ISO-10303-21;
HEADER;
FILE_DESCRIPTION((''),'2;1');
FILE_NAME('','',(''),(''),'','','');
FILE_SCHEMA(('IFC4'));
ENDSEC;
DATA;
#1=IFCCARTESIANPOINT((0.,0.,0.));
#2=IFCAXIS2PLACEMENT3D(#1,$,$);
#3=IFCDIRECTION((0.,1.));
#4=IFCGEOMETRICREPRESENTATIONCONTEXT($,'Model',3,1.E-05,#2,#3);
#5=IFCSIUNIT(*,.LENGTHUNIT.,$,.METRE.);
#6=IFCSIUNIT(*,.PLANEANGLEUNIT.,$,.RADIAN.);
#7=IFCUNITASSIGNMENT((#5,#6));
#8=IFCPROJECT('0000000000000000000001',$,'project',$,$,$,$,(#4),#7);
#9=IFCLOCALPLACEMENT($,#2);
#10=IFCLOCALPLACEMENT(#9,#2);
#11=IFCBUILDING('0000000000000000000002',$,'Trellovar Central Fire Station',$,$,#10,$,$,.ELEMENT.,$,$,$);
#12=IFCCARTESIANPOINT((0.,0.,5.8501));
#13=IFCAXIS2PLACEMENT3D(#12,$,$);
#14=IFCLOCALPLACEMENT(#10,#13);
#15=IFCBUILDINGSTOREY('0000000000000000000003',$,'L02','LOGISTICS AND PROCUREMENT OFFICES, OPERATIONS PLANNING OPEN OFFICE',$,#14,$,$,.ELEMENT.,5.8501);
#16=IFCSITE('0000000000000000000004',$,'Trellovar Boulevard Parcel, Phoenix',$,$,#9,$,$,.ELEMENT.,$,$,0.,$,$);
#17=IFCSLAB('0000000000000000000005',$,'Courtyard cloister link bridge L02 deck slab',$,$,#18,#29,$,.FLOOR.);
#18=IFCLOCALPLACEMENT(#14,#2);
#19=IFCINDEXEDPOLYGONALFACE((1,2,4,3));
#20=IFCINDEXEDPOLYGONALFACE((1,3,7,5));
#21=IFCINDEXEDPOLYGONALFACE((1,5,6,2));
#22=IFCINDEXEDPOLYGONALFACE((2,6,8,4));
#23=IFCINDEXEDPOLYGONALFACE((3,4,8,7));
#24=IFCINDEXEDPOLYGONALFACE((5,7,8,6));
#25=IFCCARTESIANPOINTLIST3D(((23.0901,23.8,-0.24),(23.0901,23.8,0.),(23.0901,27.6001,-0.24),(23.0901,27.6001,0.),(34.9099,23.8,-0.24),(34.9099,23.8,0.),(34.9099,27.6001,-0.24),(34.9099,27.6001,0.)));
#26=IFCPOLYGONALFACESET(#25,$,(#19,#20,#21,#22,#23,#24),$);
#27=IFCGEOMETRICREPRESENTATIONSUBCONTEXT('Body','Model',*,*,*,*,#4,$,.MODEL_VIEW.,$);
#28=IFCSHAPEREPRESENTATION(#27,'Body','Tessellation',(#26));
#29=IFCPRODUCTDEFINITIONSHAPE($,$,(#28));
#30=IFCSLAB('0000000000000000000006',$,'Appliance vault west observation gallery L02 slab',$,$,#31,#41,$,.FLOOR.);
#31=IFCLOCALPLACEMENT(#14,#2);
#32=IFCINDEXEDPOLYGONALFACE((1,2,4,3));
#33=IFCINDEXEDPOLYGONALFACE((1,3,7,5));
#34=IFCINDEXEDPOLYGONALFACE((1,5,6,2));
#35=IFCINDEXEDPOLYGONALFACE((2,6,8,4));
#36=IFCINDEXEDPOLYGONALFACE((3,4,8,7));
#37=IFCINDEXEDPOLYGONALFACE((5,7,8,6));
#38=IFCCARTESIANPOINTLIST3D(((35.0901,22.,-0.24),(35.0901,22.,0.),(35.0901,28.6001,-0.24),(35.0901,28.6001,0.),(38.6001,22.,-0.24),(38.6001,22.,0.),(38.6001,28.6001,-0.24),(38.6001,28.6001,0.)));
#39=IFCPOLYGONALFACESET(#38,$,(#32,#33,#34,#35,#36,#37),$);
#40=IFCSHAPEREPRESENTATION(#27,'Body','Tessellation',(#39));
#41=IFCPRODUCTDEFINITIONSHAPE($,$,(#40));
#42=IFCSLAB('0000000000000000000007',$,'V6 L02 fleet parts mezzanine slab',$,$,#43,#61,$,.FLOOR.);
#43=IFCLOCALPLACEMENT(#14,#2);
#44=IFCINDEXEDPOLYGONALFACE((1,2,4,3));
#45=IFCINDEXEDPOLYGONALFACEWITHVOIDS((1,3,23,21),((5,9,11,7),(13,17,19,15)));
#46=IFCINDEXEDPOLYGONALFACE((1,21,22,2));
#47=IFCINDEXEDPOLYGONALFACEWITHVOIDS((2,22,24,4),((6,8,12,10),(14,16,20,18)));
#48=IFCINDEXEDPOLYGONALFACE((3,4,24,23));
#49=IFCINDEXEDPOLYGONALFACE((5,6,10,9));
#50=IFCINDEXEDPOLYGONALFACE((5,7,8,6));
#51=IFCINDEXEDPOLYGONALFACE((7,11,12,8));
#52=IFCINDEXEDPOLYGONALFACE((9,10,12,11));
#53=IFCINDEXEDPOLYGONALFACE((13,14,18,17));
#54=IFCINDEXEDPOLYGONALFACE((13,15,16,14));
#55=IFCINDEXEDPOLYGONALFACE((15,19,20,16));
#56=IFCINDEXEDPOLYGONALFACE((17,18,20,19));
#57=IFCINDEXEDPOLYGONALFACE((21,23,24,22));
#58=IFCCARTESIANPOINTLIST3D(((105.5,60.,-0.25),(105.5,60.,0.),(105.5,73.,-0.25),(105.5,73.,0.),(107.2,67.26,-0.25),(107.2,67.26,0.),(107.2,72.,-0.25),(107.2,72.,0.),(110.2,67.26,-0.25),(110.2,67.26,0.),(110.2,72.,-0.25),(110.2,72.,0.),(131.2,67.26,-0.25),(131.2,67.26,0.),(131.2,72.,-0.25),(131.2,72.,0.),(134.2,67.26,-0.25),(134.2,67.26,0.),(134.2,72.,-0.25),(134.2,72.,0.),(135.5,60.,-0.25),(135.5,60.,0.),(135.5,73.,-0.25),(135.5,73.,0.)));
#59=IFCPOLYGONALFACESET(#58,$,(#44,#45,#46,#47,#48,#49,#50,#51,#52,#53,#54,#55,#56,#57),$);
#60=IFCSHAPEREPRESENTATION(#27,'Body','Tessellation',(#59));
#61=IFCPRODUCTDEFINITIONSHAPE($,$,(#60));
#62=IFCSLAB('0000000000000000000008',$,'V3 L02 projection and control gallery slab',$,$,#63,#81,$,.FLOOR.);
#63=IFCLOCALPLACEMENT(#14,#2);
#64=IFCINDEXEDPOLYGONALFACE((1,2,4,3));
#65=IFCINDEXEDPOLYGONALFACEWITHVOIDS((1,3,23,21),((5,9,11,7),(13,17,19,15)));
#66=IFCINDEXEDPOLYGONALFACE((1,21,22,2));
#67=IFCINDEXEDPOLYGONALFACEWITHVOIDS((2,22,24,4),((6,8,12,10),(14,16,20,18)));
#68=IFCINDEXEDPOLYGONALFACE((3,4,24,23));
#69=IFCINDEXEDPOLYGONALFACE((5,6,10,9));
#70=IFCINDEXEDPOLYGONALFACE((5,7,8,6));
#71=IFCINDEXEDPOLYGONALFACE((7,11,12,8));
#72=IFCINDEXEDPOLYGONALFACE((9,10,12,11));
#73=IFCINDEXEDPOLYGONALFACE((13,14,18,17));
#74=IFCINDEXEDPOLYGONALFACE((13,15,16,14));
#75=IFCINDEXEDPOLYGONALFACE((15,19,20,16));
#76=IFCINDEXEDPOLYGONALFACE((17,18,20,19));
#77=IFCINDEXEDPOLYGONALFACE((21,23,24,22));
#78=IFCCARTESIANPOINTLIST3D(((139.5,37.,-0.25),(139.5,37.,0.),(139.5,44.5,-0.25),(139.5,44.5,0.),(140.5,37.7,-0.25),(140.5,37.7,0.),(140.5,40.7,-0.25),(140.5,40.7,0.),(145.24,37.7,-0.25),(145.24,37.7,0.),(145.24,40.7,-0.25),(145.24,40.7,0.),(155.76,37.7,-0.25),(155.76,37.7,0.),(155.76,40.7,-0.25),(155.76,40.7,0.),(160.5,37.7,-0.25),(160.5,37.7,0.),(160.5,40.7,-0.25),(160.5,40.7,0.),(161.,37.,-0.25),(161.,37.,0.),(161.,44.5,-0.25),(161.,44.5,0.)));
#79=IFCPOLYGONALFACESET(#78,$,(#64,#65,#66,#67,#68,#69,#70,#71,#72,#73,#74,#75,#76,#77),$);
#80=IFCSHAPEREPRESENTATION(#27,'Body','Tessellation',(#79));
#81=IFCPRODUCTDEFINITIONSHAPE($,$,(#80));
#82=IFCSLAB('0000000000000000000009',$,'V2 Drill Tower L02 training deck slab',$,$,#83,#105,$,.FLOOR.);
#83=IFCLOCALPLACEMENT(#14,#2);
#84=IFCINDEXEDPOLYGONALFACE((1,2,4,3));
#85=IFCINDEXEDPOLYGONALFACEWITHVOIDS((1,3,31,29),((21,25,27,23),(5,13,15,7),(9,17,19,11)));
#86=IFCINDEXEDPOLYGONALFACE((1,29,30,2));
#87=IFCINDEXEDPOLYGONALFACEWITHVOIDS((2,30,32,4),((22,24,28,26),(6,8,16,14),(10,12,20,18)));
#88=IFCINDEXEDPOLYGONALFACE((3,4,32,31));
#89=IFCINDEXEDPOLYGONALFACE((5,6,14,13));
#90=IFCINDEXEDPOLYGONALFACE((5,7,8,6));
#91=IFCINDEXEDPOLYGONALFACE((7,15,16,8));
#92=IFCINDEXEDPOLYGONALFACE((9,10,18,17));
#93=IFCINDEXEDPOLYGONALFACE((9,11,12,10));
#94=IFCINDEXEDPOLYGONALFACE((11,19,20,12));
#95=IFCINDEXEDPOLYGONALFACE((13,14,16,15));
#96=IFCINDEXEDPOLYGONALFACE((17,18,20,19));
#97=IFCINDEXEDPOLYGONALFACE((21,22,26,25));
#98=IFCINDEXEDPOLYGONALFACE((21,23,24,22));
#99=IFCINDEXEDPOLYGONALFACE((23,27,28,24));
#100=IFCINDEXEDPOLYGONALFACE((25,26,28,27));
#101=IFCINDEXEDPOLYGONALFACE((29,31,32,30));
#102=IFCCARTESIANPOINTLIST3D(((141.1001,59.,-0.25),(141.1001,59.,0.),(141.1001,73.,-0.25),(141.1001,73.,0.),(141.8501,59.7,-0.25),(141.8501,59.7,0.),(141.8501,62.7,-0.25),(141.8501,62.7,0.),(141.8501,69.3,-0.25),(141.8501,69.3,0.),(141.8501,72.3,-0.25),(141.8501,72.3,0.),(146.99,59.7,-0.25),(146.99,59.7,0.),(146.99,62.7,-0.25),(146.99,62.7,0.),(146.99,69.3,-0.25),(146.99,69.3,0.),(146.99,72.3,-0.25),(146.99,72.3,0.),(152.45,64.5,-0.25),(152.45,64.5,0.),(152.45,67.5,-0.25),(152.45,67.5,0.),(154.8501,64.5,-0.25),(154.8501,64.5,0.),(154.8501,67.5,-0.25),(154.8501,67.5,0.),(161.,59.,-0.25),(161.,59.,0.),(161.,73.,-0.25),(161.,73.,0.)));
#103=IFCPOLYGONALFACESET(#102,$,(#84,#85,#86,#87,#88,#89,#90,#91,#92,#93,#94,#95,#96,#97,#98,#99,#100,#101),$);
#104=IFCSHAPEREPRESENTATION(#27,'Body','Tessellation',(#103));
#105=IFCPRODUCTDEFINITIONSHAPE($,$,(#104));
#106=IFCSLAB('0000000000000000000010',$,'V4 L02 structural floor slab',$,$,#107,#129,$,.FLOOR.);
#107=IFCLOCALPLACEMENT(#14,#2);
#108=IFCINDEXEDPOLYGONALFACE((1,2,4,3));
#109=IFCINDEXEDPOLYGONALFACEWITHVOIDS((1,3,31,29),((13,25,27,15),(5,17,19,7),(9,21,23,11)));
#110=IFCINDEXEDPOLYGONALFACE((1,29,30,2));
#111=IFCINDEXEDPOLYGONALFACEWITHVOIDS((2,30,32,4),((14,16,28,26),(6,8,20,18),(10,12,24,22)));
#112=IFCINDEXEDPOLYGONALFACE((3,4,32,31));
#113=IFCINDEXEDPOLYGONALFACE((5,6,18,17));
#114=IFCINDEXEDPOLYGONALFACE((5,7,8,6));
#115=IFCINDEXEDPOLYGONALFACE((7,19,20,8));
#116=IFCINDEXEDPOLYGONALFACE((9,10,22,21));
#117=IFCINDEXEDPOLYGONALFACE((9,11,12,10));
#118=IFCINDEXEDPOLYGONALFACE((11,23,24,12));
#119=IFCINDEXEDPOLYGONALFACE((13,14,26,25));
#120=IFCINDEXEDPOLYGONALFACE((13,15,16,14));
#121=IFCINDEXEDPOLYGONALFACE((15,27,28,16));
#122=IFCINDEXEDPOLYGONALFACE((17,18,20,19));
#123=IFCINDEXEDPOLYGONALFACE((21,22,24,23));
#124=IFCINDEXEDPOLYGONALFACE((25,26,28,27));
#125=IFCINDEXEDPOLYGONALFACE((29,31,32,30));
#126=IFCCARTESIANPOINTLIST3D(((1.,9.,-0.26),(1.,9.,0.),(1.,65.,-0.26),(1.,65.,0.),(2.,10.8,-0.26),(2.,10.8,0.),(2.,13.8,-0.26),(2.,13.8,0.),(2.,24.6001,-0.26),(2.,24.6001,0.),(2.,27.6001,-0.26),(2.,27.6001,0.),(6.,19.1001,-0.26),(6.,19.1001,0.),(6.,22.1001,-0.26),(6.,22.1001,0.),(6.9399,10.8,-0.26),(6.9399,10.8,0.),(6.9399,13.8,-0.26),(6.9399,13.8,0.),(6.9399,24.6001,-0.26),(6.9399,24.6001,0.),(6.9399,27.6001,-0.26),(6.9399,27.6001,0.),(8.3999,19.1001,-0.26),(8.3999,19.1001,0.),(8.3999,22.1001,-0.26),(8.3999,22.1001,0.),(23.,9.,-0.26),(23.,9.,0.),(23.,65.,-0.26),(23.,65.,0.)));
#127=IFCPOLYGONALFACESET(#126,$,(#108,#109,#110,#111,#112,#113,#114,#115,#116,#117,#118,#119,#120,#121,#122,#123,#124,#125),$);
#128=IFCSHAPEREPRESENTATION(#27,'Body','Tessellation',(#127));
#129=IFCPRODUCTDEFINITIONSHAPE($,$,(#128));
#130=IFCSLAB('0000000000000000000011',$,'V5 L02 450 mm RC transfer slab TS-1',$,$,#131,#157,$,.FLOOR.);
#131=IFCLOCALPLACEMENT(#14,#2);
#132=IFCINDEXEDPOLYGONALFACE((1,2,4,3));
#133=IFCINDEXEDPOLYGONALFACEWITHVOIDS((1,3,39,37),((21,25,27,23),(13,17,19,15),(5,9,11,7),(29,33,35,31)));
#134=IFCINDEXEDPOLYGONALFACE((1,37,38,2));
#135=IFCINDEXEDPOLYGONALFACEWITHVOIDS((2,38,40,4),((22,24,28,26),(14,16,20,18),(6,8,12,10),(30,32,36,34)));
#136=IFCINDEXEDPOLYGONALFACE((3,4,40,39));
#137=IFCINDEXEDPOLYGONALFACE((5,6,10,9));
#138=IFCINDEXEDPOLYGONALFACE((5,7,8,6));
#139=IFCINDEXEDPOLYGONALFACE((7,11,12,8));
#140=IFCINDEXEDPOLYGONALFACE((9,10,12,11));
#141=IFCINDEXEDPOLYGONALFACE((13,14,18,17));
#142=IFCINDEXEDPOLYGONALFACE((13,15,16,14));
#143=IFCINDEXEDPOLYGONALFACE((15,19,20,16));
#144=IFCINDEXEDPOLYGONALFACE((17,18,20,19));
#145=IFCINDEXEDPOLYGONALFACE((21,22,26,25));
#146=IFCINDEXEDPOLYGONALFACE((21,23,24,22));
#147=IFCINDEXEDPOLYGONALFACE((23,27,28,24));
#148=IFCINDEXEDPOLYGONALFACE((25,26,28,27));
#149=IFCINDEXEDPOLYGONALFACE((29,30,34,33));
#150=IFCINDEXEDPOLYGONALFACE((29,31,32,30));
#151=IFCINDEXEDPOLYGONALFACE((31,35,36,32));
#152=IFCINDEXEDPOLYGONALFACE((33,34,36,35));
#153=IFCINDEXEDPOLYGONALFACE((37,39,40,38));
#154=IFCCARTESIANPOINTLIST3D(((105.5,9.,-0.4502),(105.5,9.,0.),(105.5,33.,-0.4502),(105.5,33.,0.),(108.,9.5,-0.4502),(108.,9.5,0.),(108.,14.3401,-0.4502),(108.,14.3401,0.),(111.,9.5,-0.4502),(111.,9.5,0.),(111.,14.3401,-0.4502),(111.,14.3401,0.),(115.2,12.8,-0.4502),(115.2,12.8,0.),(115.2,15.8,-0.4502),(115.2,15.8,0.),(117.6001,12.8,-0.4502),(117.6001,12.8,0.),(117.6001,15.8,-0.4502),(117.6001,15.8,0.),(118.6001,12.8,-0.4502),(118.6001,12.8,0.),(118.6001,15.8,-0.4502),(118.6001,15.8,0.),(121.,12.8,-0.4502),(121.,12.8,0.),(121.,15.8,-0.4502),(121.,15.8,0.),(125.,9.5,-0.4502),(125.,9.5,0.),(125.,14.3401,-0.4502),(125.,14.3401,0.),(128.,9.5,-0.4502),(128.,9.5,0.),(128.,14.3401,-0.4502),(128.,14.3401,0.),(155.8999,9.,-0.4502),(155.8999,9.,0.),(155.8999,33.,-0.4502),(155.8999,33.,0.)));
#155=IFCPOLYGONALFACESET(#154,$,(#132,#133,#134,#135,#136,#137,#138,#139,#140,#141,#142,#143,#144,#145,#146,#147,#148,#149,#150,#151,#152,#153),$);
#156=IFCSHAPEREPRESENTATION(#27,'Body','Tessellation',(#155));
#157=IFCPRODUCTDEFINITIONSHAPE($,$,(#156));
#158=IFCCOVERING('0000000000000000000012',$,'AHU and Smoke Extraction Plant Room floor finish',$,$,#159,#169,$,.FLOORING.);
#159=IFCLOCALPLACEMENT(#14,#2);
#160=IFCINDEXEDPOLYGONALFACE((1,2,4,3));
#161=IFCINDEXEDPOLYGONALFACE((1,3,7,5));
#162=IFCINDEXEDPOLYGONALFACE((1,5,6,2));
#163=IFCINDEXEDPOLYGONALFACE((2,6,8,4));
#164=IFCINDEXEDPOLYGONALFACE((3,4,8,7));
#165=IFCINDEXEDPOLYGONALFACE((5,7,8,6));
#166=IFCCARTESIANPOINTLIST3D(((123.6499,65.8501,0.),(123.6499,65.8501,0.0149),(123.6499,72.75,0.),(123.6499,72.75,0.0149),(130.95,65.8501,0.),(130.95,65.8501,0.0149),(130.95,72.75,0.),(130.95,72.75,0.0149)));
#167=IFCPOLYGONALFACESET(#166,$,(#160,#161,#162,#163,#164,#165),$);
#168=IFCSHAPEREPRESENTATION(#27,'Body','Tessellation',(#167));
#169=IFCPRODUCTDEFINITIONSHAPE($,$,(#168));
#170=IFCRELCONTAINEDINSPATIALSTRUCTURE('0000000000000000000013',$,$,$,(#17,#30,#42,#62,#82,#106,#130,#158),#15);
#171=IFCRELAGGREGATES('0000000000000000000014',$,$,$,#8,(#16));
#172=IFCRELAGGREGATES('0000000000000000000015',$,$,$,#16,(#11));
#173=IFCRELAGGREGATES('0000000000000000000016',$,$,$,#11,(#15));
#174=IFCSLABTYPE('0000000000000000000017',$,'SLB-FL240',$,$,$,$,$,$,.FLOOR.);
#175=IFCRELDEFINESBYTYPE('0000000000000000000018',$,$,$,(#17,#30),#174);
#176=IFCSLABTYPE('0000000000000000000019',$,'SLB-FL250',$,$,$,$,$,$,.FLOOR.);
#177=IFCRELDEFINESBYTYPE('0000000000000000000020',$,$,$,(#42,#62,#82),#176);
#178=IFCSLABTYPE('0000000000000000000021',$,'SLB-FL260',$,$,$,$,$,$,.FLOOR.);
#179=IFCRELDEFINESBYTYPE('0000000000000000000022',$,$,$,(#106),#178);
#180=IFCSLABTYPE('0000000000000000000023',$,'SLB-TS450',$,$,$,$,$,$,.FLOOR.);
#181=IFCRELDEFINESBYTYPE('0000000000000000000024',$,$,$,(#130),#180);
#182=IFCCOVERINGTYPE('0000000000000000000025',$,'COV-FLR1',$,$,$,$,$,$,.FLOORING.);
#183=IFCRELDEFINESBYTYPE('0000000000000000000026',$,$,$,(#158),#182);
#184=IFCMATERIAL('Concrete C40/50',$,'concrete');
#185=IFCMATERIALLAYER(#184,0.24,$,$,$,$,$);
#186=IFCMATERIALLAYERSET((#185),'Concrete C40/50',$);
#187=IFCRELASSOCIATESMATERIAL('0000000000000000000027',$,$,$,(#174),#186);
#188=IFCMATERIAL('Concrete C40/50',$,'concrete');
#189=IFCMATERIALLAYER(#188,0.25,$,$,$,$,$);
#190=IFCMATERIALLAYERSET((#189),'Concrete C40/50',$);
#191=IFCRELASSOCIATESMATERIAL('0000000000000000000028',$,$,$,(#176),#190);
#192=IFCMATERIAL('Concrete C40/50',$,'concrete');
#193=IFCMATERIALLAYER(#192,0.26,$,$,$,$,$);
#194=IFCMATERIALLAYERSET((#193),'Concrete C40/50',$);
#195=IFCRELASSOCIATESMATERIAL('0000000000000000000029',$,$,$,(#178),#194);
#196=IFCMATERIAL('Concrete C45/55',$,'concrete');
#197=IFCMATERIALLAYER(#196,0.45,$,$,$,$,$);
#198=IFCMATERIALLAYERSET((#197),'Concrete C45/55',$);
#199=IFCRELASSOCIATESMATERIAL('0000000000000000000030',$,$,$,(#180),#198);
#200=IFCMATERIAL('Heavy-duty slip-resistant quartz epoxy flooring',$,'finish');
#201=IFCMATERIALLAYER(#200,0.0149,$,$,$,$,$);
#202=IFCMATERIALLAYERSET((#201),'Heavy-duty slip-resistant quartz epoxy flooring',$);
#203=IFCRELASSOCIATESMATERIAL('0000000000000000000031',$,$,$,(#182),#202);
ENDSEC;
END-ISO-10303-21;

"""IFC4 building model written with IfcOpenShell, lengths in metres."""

from ifc_helpers import new_model, si_unit, direction, frame, origin, place, context, subcontext, project, spatial, polyline, outline, extrude, material, layer, layer_set, type_object, element, save


model = new_model("IFC4")

# Units and contexts
model_context = context("Model", 3, precision=1e-05, world=origin(), true_north=direction((0.0, 1.0)))
body_context = subcontext(model_context, "Body", "Model", "MODEL_VIEW")
ifc_project = project(units=[si_unit("LENGTHUNIT", "METRE"), si_unit("PLANEANGLEUNIT", "RADIAN")], contexts=[model_context])

# Site, building, storey
site_placement = place(None, origin())
site = spatial("IfcSite", under=ifc_project, at=site_placement, Name="Trellovar Boulevard Parcel, Phoenix", CompositionType="ELEMENT", RefElevation=0.0)
building_placement = place(site_placement, origin())
building = spatial("IfcBuilding", under=site, at=building_placement, Name="Trellovar Central Fire Station", CompositionType="ELEMENT")
storey_placement = place(building_placement, frame((0.0, 0.0, 5.8501)))
storey = spatial("IfcBuildingStorey", under=building, at=storey_placement, Name="L02", Description="LOGISTICS AND PROCUREMENT OFFICES, OPERATIONS PLANNING OPEN OFFICE", CompositionType="ELEMENT", Elevation=5.8501)

# Slabs
ifc_material_1 = material(Name="Concrete C40/50", Category="concrete")
ifc_layer_1 = layer(ifc_material_1, 0.24)
ifc_layer_set_1 = layer_set([ifc_layer_1], Name="Concrete C40/50")
slab_type_1 = type_object("IfcSlabType", Name="SLB-FL240", PredefinedType="FLOOR", material=ifc_layer_set_1)
slab_1_placement = place(storey_placement, frame((0.0, 0.0, -0.24)))
element("IfcSlab", 1, at=slab_1_placement, inside=storey, type_object=slab_type_1, Name="Courtyard cloister link bridge L02 deck slab", PredefinedType="FLOOR", context=body_context, shape_type="SweptSolid", body=[
    extrude(outline(polyline([(23.0901, 23.8), (34.9099, 23.8), (34.9099, 27.6001), (23.0901, 27.6001), (23.0901, 23.8)])), origin(), (0.0, 0.0, 1.0), 0.24),
])
slab_2_placement = place(storey_placement, frame((0.0, 0.0, -0.24)))
element("IfcSlab", 2, at=slab_2_placement, inside=storey, type_object=slab_type_1, Name="Appliance vault west observation gallery L02 slab", PredefinedType="FLOOR", context=body_context, shape_type="SweptSolid", body=[
    extrude(outline(polyline([(35.0901, 22.0), (38.6001, 22.0), (38.6001, 28.6001), (35.0901, 28.6001), (35.0901, 22.0)])), origin(), (0.0, 0.0, 1.0), 0.24),
])
ifc_material_2 = material(Name="Concrete C40/50", Category="concrete")
ifc_layer_2 = layer(ifc_material_2, 0.25)
ifc_layer_set_2 = layer_set([ifc_layer_2], Name="Concrete C40/50")
slab_type_2 = type_object("IfcSlabType", Name="SLB-FL250", PredefinedType="FLOOR", material=ifc_layer_set_2)
slab_3_placement = place(storey_placement, frame((0.0, 0.0, -0.25)))
element("IfcSlab", 3, at=slab_3_placement, inside=storey, type_object=slab_type_2, Name="V6 L02 fleet parts mezzanine slab", PredefinedType="FLOOR", context=body_context, shape_type="SweptSolid", body=[
    extrude(outline(polyline([(105.5, 60.0), (135.5, 60.0), (135.5, 73.0), (105.5, 73.0), (105.5, 60.0)]), holes=[polyline([(110.2, 67.26), (110.2, 72.0), (107.2, 72.0), (107.2, 67.26), (110.2, 67.26)]), polyline([(134.2, 67.26), (134.2, 72.0), (131.2, 72.0), (131.2, 67.26), (134.2, 67.26)])]), origin(), (0.0, 0.0, 1.0), 0.25),
])
slab_4_placement = place(storey_placement, frame((0.0, 0.0, -0.25)))
element("IfcSlab", 4, at=slab_4_placement, inside=storey, type_object=slab_type_2, Name="V3 L02 projection and control gallery slab", PredefinedType="FLOOR", context=body_context, shape_type="SweptSolid", body=[
    extrude(outline(polyline([(139.5, 37.0), (161.0, 37.0), (161.0, 44.5), (139.5, 44.5), (139.5, 37.0)]), holes=[polyline([(145.24, 40.7), (140.5, 40.7), (140.5, 37.7), (145.24, 37.7), (145.24, 40.7)]), polyline([(155.76, 37.7), (160.5, 37.7), (160.5, 40.7), (155.76, 40.7), (155.76, 37.7)])]), origin(), (0.0, 0.0, 1.0), 0.25),
])
slab_5_placement = place(storey_placement, frame((0.0, 0.0, -0.25)))
element("IfcSlab", 5, at=slab_5_placement, inside=storey, type_object=slab_type_2, Name="V2 Drill Tower L02 training deck slab", PredefinedType="FLOOR", context=body_context, shape_type="SweptSolid", body=[
    extrude(outline(polyline([(141.1001, 59.0), (161.0, 59.0), (161.0, 73.0), (141.1001, 73.0), (141.1001, 59.0)]), holes=[polyline([(146.99, 62.7), (141.8501, 62.7), (141.8501, 59.7), (146.99, 59.7), (146.99, 62.7)]), polyline([(146.99, 72.3), (141.8501, 72.3), (141.8501, 69.3), (146.99, 69.3), (146.99, 72.3)]), polyline([(152.45, 64.5), (154.8501, 64.5), (154.8501, 67.5), (152.45, 67.5), (152.45, 64.5)])]), origin(), (0.0, 0.0, 1.0), 0.25),
])
ifc_material_3 = material(Name="Concrete C40/50", Category="concrete")
ifc_layer_3 = layer(ifc_material_3, 0.26)
ifc_layer_set_3 = layer_set([ifc_layer_3], Name="Concrete C40/50")
slab_type_3 = type_object("IfcSlabType", Name="SLB-FL260", PredefinedType="FLOOR", material=ifc_layer_set_3)
slab_6_placement = place(storey_placement, frame((0.0, 0.0, -0.26)))
element("IfcSlab", 6, at=slab_6_placement, inside=storey, type_object=slab_type_3, Name="V4 L02 structural floor slab", PredefinedType="FLOOR", context=body_context, shape_type="SweptSolid", body=[
    extrude(outline(polyline([(1.0, 9.0), (23.0, 9.0), (23.0, 65.0), (1.0, 65.0), (1.0, 9.0)]), holes=[polyline([(6.9399, 13.8), (2.0, 13.8), (2.0, 10.8), (6.9399, 10.8), (6.9399, 13.8)]), polyline([(6.9399, 27.6001), (2.0, 27.6001), (2.0, 24.6001), (6.9399, 24.6001), (6.9399, 27.6001)]), polyline([(6.0, 19.1001), (8.3999, 19.1001), (8.3999, 22.1001), (6.0, 22.1001), (6.0, 19.1001)])]), origin(), (0.0, 0.0, 1.0), 0.26),
])
ifc_material_4 = material(Name="Concrete C45/55", Category="concrete")
ifc_layer_4 = layer(ifc_material_4, 0.45)
ifc_layer_set_4 = layer_set([ifc_layer_4], Name="Concrete C45/55")
slab_type_4 = type_object("IfcSlabType", Name="SLB-TS450", PredefinedType="FLOOR", material=ifc_layer_set_4)
slab_7_placement = place(storey_placement, frame((0.0, 0.0, -0.4502)))
element("IfcSlab", 7, at=slab_7_placement, inside=storey, type_object=slab_type_4, Name="V5 L02 450 mm RC transfer slab TS-1", PredefinedType="FLOOR", context=body_context, shape_type="SweptSolid", body=[
    extrude(outline(polyline([(105.5, 9.0), (155.8999, 9.0), (155.8999, 33.0), (105.5, 33.0), (105.5, 9.0)]), holes=[polyline([(108.0, 14.3401), (108.0, 9.5), (111.0, 9.5), (111.0, 14.3401), (108.0, 14.3401)]), polyline([(125.0, 14.3401), (125.0, 9.5), (128.0, 9.5), (128.0, 14.3401), (125.0, 14.3401)]), polyline([(115.2, 12.8), (117.6001, 12.8), (117.6001, 15.8), (115.2, 15.8), (115.2, 12.8)]), polyline([(118.6001, 12.8), (121.0, 12.8), (121.0, 15.8), (118.6001, 15.8), (118.6001, 12.8)])]), origin(), (0.0, 0.0, 1.0), 0.4502),
])

# Covering
ifc_material_5 = material(Name="Heavy-duty slip-resistant quartz epoxy flooring", Category="finish")
ifc_layer_5 = layer(ifc_material_5, 0.0149)
ifc_layer_set_5 = layer_set([ifc_layer_5], Name="Heavy-duty slip-resistant quartz epoxy flooring")
covering_type_1 = type_object("IfcCoveringType", Name="COV-FLR1", PredefinedType="FLOORING", material=ifc_layer_set_5)
covering_1_placement = place(storey_placement, origin())
element("IfcCovering", 8, at=covering_1_placement, inside=storey, type_object=covering_type_1, Name="AHU and Smoke Extraction Plant Room floor finish", PredefinedType="FLOORING", context=body_context, shape_type="SweptSolid", body=[
    extrude(outline(polyline([(130.95, 72.75), (130.95, 65.8501), (123.6499, 65.8501), (123.6499, 72.75), (130.95, 72.75)])), origin(), (0.0, 0.0, 1.0), 0.0149),
])

save(model, "model.ifc")
